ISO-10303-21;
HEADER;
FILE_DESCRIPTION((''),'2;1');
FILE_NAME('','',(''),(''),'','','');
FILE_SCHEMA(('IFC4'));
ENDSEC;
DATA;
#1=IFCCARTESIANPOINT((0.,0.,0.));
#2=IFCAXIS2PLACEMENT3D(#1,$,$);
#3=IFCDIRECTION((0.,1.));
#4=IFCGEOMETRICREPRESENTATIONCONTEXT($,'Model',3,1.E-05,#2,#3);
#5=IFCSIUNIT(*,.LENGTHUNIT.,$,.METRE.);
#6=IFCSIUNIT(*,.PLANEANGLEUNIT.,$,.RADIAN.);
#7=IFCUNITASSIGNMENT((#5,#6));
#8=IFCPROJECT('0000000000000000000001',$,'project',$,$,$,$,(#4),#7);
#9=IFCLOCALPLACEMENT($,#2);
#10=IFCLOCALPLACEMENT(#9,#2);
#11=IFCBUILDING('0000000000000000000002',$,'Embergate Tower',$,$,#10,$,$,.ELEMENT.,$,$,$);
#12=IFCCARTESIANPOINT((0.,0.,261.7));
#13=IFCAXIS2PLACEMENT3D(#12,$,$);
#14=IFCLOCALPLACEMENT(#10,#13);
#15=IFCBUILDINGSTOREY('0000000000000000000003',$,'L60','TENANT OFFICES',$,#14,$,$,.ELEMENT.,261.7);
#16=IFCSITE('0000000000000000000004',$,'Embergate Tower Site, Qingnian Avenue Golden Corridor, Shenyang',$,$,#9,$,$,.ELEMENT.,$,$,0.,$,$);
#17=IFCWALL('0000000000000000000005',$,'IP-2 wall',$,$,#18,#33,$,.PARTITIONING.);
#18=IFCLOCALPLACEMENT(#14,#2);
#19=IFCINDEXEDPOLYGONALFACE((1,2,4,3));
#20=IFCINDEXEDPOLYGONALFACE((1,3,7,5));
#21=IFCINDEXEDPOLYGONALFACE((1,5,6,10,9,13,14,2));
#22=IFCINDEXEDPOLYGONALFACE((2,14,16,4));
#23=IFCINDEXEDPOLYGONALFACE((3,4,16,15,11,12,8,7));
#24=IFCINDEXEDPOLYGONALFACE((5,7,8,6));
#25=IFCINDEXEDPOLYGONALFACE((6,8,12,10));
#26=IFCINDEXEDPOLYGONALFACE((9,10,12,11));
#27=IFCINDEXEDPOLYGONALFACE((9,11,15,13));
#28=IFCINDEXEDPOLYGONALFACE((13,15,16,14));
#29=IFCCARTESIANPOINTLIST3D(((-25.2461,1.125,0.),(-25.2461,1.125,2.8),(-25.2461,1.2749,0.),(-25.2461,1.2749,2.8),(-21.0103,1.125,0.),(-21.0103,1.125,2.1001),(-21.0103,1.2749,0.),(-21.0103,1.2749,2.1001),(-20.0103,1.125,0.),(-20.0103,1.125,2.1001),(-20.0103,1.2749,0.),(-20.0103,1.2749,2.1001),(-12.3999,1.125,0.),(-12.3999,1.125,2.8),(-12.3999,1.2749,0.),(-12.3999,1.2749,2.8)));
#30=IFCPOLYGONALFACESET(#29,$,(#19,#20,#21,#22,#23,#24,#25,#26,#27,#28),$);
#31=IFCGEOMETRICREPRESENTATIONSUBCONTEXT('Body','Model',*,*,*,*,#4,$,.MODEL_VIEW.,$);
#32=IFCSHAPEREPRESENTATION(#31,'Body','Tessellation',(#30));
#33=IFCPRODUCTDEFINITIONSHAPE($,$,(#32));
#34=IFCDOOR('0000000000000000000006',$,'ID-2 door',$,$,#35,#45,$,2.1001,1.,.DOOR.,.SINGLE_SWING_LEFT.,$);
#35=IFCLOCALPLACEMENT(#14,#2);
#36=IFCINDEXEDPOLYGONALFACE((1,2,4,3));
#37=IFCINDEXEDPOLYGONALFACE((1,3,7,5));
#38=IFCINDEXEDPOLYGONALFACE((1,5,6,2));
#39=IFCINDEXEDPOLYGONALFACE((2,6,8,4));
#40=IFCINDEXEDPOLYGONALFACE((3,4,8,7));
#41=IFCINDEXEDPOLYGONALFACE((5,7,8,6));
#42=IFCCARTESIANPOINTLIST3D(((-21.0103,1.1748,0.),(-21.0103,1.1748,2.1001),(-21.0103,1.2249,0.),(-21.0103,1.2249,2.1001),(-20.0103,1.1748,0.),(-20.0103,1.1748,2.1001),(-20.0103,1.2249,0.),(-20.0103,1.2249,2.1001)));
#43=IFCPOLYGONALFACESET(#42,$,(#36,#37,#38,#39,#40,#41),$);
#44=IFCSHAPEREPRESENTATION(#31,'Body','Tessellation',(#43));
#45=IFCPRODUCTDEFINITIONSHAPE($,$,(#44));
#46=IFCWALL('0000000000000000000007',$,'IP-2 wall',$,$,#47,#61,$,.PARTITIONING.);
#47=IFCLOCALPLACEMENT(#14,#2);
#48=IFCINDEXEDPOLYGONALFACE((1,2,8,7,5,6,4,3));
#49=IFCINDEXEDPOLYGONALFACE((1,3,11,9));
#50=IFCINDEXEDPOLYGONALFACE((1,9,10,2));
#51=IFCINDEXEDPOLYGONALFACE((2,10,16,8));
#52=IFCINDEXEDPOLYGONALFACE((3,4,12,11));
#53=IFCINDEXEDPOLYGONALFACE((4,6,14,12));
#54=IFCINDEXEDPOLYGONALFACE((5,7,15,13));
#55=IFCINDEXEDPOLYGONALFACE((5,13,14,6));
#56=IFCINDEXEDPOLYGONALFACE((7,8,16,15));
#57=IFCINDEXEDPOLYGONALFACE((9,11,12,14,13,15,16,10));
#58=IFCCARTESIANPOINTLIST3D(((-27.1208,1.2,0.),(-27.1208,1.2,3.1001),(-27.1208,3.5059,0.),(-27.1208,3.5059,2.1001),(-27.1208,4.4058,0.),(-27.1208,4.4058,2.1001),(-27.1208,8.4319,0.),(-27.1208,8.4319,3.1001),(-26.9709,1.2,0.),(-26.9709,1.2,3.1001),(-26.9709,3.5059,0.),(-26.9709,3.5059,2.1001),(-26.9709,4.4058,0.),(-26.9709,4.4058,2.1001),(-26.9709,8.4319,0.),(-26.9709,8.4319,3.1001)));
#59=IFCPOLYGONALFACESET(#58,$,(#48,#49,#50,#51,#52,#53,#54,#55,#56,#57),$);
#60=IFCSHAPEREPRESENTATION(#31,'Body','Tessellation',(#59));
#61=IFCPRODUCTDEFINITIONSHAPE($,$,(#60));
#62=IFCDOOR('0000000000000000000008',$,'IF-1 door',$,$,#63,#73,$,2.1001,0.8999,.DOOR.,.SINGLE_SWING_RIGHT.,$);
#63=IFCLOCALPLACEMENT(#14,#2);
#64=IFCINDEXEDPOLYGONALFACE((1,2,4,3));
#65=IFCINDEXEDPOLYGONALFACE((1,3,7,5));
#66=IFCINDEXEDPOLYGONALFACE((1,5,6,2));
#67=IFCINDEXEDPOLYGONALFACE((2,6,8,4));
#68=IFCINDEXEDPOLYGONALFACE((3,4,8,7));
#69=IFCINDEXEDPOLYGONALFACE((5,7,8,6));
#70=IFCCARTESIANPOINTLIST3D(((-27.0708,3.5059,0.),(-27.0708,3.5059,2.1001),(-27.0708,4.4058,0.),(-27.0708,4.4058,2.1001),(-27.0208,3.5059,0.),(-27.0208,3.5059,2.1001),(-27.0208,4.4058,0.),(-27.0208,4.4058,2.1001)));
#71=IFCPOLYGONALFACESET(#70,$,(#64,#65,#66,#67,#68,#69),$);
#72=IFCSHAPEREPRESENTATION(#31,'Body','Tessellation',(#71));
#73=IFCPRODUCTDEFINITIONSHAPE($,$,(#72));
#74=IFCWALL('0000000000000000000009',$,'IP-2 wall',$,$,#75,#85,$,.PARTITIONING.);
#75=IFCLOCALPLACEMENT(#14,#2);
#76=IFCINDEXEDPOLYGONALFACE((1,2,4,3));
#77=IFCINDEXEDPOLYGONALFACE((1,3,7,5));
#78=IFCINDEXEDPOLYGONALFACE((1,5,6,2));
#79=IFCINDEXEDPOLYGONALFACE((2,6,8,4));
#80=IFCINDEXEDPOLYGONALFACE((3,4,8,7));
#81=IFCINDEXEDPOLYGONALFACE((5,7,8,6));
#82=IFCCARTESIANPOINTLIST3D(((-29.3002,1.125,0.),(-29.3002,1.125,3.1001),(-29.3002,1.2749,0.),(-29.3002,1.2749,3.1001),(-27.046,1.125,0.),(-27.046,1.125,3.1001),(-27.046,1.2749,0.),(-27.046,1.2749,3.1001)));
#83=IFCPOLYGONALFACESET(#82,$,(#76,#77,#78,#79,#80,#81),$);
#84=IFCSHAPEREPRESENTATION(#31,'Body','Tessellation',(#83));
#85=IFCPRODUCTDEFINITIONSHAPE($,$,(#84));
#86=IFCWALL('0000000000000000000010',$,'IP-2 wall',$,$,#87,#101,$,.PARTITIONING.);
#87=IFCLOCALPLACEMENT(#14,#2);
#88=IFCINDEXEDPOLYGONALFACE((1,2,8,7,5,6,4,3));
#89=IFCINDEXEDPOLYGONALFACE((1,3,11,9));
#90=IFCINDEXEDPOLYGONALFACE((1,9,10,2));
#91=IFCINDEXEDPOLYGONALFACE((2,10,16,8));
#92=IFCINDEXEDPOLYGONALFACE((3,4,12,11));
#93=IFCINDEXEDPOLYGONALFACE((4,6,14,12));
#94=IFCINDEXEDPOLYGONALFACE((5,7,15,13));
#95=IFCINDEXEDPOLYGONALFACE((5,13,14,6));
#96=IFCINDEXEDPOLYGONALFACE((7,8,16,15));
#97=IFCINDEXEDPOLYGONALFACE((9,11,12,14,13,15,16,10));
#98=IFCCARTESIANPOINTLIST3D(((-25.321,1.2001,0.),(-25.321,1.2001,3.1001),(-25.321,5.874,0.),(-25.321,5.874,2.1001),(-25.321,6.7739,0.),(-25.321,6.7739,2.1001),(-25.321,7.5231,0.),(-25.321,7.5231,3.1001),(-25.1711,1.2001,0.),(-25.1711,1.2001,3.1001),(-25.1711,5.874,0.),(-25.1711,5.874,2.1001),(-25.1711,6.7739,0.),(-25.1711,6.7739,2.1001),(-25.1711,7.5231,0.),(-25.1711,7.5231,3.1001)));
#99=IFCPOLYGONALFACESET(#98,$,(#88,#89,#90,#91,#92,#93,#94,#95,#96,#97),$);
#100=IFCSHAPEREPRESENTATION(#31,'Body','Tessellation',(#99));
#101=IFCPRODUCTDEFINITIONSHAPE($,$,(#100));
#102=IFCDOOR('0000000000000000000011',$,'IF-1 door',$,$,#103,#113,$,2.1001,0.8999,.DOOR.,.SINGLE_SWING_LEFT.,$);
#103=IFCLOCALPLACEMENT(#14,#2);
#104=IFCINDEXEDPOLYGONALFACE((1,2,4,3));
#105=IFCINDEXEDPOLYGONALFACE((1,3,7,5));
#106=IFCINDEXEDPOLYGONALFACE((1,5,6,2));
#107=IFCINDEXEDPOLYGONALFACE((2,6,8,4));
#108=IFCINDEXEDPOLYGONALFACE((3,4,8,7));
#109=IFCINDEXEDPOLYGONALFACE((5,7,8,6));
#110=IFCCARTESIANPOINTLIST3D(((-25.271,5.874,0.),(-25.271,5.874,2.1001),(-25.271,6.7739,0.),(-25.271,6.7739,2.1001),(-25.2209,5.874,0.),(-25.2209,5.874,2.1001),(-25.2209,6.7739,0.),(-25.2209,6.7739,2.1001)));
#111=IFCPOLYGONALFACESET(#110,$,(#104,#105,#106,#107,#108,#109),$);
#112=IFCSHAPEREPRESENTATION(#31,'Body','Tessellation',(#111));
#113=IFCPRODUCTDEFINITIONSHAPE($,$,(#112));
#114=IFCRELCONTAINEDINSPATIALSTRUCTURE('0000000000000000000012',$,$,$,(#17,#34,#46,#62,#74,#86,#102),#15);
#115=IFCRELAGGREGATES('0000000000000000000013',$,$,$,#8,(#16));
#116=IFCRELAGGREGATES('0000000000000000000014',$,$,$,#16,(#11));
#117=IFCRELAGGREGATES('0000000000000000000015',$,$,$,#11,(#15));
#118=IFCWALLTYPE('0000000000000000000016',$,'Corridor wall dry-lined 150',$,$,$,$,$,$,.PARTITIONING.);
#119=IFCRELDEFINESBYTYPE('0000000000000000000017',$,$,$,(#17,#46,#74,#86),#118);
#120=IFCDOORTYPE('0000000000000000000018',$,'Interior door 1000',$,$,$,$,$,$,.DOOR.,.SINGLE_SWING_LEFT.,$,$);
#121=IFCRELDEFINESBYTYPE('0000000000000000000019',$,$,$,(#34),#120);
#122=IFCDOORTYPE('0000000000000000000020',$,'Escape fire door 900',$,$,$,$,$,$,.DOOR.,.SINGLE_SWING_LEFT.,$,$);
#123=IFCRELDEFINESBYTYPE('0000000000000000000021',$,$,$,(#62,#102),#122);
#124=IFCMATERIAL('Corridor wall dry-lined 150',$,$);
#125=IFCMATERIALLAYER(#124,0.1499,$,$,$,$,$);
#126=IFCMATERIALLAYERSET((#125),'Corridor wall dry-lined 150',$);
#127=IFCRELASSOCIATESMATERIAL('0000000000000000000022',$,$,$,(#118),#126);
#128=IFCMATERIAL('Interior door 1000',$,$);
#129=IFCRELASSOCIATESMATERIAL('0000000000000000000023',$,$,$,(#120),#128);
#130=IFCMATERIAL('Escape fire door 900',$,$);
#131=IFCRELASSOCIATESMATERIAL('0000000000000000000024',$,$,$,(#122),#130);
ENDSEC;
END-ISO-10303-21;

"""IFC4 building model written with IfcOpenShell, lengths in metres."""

from ifc_helpers import new_model, si_unit, direction, frame, frame_2d, origin, place, context, subcontext, project, spatial, rectangle, extrude, source, transform, mapped, material, layer, layer_set, type_object, element, fill, save


model = new_model("IFC4")

# Units and contexts
model_context = context("Model", 3, precision=1e-05, world=origin(), true_north=direction((0.0, 1.0)))
body_context = subcontext(model_context, "Body", "Model", "MODEL_VIEW")
ifc_project = project(units=[si_unit("LENGTHUNIT", "METRE"), si_unit("PLANEANGLEUNIT", "RADIAN")], contexts=[model_context])

# Site, building, storey
site_placement = place(None, origin())
site = spatial("IfcSite", under=ifc_project, at=site_placement, Name="Embergate Tower Site, Qingnian Avenue Golden Corridor, Shenyang", CompositionType="ELEMENT", RefElevation=0.0)
building_placement = place(site_placement, origin())
building = spatial("IfcBuilding", under=site, at=building_placement, Name="Embergate Tower", CompositionType="ELEMENT")
storey_placement = place(building_placement, frame((0.0, 0.0, 261.7)))
storey = spatial("IfcBuildingStorey", under=building, at=storey_placement, Name="L60", Description="TENANT OFFICES", CompositionType="ELEMENT", Elevation=261.7)

# Walls, openings, doors
ifc_material_1 = material(Name="Corridor wall dry-lined 150")
ifc_layer_1 = layer(ifc_material_1, 0.1499)
ifc_layer_set_1 = layer_set([ifc_layer_1], Name="Corridor wall dry-lined 150")
wall_type = type_object("IfcWallType", Name="Corridor wall dry-lined 150", PredefinedType="PARTITIONING", material=ifc_layer_set_1)
shared_shape_1 = source(origin(), body_context, "Body", "SweptSolid", [
    extrude(rectangle(XDim=12.8462, YDim=0.1499, at=frame_2d((6.4231, 0.0))), origin(), (0.0, 0.0, 1.0), 2.8),
])
wall_1_placement = place(storey_placement, frame((-25.2461, 1.2, 0.0), z_axis=(0.0, 0.0, 1.0), x_axis=(1.0, 0.0, 0.0)))
wall_1 = element("IfcWall", 1, at=wall_1_placement, inside=storey, type_object=wall_type, Name="IP-2 wall", PredefinedType="PARTITIONING", context=body_context, shape_type="MappedRepresentation", body=[
    mapped(shared_shape_1, transform((0.0, 0.0, 0.0))),
])
shared_shape_2 = source(origin(), body_context, "Body", "SweptSolid", [
    extrude(rectangle(XDim=1.0, YDim=2.1001, at=frame_2d((0.5, 1.05))), frame((0.0, 0.085, 0.0), z_axis=(0.0, -1.0, 0.0), x_axis=(1.0, 0.0, 0.0)), (0.0, 0.0, 1.0), 0.1699),
])
opening_1_placement = place(wall_1_placement, frame((4.2358, 0.0, 0.0)))
opening_1 = element("IfcOpeningElement", 2, at=opening_1_placement, cuts=wall_1, PredefinedType="OPENING", context=body_context, shape_type="MappedRepresentation", body=[
    mapped(shared_shape_2, transform((0.0, 0.0, 0.0))),
])
ifc_material_2 = material(Name="Interior door 1000")
door_type_1 = type_object("IfcDoorType", Name="Interior door 1000", OperationType="SINGLE_SWING_LEFT", PredefinedType="DOOR", material=ifc_material_2)
shared_shape_3 = source(origin(), body_context, "Body", "SweptSolid", [
    extrude(rectangle(XDim=1.0, YDim=2.1001, at=frame_2d((0.5, 1.05))), frame((0.0, 0.0249, 0.0), z_axis=(0.0, -1.0, 0.0), x_axis=(1.0, 0.0, 0.0)), (0.0, 0.0, 1.0), 0.05),
])
door_1_placement = place(opening_1_placement, origin())
door_1 = element("IfcDoor", 3, at=door_1_placement, inside=storey, type_object=door_type_1, Name="ID-2 door", OperationType="SINGLE_SWING_LEFT", OverallHeight=2.1001, OverallWidth=1.0, PredefinedType="DOOR", context=body_context, shape_type="MappedRepresentation", body=[
    mapped(shared_shape_3, transform((0.0, 0.0, 0.0))),
])
fill(opening_1, door_1)
shared_shape_4 = source(origin(), body_context, "Body", "SweptSolid", [
    extrude(rectangle(XDim=7.2319, YDim=0.1499, at=frame_2d((3.616, 0.0))), origin(), (0.0, 0.0, 1.0), 3.1001),
])
wall_2_placement = place(storey_placement, frame((-27.0459, 1.2, 0.0), z_axis=(0.0, 0.0, 1.0), x_axis=(0.0, 1.0, 0.0)))
wall_2 = element("IfcWall", 4, at=wall_2_placement, inside=storey, type_object=wall_type, Name="IP-2 wall", PredefinedType="PARTITIONING", context=body_context, shape_type="MappedRepresentation", body=[
    mapped(shared_shape_4, transform((0.0, 0.0, 0.0))),
])
shared_shape_5 = source(origin(), body_context, "Body", "SweptSolid", [
    extrude(rectangle(XDim=0.8999, YDim=2.1001, at=frame_2d((0.45, 1.05))), frame((0.0, 0.085, 0.0), z_axis=(0.0, -1.0, 0.0), x_axis=(1.0, 0.0, 0.0)), (0.0, 0.0, 1.0), 0.1699),
])
opening_2_placement = place(wall_2_placement, frame((2.3059, 0.0, 0.0)))
opening_2 = element("IfcOpeningElement", 5, at=opening_2_placement, cuts=wall_2, PredefinedType="OPENING", context=body_context, shape_type="MappedRepresentation", body=[
    mapped(shared_shape_5, transform((0.0, 0.0, 0.0))),
])
ifc_material_3 = material(Name="Escape fire door 900")
door_type_2 = type_object("IfcDoorType", Name="Escape fire door 900", OperationType="SINGLE_SWING_LEFT", PredefinedType="DOOR", material=ifc_material_3)
shared_shape_6 = source(origin(), body_context, "Body", "SweptSolid", [
    extrude(rectangle(XDim=0.8999, YDim=2.1001, at=frame_2d((0.45, 1.05))), frame((0.0, 0.0249, 0.0), z_axis=(0.0, -1.0, 0.0), x_axis=(1.0, 0.0, 0.0)), (0.0, 0.0, 1.0), 0.05),
])
door_2_placement = place(opening_2_placement, origin())
door_2 = element("IfcDoor", 6, at=door_2_placement, inside=storey, type_object=door_type_2, Name="IF-1 door", OperationType="SINGLE_SWING_RIGHT", OverallHeight=2.1001, OverallWidth=0.8999, PredefinedType="DOOR", context=body_context, shape_type="MappedRepresentation", body=[
    mapped(shared_shape_6, transform((0.0, 0.0, 0.0))),
])
fill(opening_2, door_2)

# Wall
shared_shape_7 = source(origin(), body_context, "Body", "SweptSolid", [
    extrude(rectangle(XDim=2.2542, YDim=0.1499, at=frame_2d((1.127, 0.0))), origin(), (0.0, 0.0, 1.0), 3.1001),
])
wall_3_placement = place(storey_placement, frame((-29.3, 1.2, 0.0), z_axis=(0.0, 0.0, 1.0), x_axis=(1.0, 0.0, 0.0)))
element("IfcWall", 7, at=wall_3_placement, inside=storey, type_object=wall_type, Name="IP-2 wall", PredefinedType="PARTITIONING", context=body_context, shape_type="MappedRepresentation", body=[
    mapped(shared_shape_7, transform((0.0, 0.0, 0.0))),
])

# Wall, opening, door
shared_shape_8 = source(origin(), body_context, "Body", "SweptSolid", [
    extrude(rectangle(XDim=6.323, YDim=0.1499, at=frame_2d((3.1616, 0.0))), origin(), (0.0, 0.0, 1.0), 3.1001),
])
wall_4_placement = place(storey_placement, frame((-25.2461, 1.2, 0.0), z_axis=(0.0, 0.0, 1.0), x_axis=(0.0, 1.0, 0.0)))
wall_4 = element("IfcWall", 8, at=wall_4_placement, inside=storey, type_object=wall_type, Name="IP-2 wall", PredefinedType="PARTITIONING", context=body_context, shape_type="MappedRepresentation", body=[
    mapped(shared_shape_8, transform((0.0, 0.0, 0.0))),
])
opening_3_placement = place(wall_4_placement, frame((4.6741, 0.0, 0.0)))
opening_3 = element("IfcOpeningElement", 9, at=opening_3_placement, cuts=wall_4, PredefinedType="OPENING", context=body_context, shape_type="MappedRepresentation", body=[
    mapped(shared_shape_5, transform((0.0, 0.0, 0.0))),
])
door_3_placement = place(opening_3_placement, origin())
door_3 = element("IfcDoor", 10, at=door_3_placement, inside=storey, type_object=door_type_2, Name="IF-1 door", OperationType="SINGLE_SWING_LEFT", OverallHeight=2.1001, OverallWidth=0.8999, PredefinedType="DOOR", context=body_context, shape_type="MappedRepresentation", body=[
    mapped(shared_shape_6, transform((0.0, 0.0, 0.0))),
])
fill(opening_3, door_3)

save(model, "model.ifc")
